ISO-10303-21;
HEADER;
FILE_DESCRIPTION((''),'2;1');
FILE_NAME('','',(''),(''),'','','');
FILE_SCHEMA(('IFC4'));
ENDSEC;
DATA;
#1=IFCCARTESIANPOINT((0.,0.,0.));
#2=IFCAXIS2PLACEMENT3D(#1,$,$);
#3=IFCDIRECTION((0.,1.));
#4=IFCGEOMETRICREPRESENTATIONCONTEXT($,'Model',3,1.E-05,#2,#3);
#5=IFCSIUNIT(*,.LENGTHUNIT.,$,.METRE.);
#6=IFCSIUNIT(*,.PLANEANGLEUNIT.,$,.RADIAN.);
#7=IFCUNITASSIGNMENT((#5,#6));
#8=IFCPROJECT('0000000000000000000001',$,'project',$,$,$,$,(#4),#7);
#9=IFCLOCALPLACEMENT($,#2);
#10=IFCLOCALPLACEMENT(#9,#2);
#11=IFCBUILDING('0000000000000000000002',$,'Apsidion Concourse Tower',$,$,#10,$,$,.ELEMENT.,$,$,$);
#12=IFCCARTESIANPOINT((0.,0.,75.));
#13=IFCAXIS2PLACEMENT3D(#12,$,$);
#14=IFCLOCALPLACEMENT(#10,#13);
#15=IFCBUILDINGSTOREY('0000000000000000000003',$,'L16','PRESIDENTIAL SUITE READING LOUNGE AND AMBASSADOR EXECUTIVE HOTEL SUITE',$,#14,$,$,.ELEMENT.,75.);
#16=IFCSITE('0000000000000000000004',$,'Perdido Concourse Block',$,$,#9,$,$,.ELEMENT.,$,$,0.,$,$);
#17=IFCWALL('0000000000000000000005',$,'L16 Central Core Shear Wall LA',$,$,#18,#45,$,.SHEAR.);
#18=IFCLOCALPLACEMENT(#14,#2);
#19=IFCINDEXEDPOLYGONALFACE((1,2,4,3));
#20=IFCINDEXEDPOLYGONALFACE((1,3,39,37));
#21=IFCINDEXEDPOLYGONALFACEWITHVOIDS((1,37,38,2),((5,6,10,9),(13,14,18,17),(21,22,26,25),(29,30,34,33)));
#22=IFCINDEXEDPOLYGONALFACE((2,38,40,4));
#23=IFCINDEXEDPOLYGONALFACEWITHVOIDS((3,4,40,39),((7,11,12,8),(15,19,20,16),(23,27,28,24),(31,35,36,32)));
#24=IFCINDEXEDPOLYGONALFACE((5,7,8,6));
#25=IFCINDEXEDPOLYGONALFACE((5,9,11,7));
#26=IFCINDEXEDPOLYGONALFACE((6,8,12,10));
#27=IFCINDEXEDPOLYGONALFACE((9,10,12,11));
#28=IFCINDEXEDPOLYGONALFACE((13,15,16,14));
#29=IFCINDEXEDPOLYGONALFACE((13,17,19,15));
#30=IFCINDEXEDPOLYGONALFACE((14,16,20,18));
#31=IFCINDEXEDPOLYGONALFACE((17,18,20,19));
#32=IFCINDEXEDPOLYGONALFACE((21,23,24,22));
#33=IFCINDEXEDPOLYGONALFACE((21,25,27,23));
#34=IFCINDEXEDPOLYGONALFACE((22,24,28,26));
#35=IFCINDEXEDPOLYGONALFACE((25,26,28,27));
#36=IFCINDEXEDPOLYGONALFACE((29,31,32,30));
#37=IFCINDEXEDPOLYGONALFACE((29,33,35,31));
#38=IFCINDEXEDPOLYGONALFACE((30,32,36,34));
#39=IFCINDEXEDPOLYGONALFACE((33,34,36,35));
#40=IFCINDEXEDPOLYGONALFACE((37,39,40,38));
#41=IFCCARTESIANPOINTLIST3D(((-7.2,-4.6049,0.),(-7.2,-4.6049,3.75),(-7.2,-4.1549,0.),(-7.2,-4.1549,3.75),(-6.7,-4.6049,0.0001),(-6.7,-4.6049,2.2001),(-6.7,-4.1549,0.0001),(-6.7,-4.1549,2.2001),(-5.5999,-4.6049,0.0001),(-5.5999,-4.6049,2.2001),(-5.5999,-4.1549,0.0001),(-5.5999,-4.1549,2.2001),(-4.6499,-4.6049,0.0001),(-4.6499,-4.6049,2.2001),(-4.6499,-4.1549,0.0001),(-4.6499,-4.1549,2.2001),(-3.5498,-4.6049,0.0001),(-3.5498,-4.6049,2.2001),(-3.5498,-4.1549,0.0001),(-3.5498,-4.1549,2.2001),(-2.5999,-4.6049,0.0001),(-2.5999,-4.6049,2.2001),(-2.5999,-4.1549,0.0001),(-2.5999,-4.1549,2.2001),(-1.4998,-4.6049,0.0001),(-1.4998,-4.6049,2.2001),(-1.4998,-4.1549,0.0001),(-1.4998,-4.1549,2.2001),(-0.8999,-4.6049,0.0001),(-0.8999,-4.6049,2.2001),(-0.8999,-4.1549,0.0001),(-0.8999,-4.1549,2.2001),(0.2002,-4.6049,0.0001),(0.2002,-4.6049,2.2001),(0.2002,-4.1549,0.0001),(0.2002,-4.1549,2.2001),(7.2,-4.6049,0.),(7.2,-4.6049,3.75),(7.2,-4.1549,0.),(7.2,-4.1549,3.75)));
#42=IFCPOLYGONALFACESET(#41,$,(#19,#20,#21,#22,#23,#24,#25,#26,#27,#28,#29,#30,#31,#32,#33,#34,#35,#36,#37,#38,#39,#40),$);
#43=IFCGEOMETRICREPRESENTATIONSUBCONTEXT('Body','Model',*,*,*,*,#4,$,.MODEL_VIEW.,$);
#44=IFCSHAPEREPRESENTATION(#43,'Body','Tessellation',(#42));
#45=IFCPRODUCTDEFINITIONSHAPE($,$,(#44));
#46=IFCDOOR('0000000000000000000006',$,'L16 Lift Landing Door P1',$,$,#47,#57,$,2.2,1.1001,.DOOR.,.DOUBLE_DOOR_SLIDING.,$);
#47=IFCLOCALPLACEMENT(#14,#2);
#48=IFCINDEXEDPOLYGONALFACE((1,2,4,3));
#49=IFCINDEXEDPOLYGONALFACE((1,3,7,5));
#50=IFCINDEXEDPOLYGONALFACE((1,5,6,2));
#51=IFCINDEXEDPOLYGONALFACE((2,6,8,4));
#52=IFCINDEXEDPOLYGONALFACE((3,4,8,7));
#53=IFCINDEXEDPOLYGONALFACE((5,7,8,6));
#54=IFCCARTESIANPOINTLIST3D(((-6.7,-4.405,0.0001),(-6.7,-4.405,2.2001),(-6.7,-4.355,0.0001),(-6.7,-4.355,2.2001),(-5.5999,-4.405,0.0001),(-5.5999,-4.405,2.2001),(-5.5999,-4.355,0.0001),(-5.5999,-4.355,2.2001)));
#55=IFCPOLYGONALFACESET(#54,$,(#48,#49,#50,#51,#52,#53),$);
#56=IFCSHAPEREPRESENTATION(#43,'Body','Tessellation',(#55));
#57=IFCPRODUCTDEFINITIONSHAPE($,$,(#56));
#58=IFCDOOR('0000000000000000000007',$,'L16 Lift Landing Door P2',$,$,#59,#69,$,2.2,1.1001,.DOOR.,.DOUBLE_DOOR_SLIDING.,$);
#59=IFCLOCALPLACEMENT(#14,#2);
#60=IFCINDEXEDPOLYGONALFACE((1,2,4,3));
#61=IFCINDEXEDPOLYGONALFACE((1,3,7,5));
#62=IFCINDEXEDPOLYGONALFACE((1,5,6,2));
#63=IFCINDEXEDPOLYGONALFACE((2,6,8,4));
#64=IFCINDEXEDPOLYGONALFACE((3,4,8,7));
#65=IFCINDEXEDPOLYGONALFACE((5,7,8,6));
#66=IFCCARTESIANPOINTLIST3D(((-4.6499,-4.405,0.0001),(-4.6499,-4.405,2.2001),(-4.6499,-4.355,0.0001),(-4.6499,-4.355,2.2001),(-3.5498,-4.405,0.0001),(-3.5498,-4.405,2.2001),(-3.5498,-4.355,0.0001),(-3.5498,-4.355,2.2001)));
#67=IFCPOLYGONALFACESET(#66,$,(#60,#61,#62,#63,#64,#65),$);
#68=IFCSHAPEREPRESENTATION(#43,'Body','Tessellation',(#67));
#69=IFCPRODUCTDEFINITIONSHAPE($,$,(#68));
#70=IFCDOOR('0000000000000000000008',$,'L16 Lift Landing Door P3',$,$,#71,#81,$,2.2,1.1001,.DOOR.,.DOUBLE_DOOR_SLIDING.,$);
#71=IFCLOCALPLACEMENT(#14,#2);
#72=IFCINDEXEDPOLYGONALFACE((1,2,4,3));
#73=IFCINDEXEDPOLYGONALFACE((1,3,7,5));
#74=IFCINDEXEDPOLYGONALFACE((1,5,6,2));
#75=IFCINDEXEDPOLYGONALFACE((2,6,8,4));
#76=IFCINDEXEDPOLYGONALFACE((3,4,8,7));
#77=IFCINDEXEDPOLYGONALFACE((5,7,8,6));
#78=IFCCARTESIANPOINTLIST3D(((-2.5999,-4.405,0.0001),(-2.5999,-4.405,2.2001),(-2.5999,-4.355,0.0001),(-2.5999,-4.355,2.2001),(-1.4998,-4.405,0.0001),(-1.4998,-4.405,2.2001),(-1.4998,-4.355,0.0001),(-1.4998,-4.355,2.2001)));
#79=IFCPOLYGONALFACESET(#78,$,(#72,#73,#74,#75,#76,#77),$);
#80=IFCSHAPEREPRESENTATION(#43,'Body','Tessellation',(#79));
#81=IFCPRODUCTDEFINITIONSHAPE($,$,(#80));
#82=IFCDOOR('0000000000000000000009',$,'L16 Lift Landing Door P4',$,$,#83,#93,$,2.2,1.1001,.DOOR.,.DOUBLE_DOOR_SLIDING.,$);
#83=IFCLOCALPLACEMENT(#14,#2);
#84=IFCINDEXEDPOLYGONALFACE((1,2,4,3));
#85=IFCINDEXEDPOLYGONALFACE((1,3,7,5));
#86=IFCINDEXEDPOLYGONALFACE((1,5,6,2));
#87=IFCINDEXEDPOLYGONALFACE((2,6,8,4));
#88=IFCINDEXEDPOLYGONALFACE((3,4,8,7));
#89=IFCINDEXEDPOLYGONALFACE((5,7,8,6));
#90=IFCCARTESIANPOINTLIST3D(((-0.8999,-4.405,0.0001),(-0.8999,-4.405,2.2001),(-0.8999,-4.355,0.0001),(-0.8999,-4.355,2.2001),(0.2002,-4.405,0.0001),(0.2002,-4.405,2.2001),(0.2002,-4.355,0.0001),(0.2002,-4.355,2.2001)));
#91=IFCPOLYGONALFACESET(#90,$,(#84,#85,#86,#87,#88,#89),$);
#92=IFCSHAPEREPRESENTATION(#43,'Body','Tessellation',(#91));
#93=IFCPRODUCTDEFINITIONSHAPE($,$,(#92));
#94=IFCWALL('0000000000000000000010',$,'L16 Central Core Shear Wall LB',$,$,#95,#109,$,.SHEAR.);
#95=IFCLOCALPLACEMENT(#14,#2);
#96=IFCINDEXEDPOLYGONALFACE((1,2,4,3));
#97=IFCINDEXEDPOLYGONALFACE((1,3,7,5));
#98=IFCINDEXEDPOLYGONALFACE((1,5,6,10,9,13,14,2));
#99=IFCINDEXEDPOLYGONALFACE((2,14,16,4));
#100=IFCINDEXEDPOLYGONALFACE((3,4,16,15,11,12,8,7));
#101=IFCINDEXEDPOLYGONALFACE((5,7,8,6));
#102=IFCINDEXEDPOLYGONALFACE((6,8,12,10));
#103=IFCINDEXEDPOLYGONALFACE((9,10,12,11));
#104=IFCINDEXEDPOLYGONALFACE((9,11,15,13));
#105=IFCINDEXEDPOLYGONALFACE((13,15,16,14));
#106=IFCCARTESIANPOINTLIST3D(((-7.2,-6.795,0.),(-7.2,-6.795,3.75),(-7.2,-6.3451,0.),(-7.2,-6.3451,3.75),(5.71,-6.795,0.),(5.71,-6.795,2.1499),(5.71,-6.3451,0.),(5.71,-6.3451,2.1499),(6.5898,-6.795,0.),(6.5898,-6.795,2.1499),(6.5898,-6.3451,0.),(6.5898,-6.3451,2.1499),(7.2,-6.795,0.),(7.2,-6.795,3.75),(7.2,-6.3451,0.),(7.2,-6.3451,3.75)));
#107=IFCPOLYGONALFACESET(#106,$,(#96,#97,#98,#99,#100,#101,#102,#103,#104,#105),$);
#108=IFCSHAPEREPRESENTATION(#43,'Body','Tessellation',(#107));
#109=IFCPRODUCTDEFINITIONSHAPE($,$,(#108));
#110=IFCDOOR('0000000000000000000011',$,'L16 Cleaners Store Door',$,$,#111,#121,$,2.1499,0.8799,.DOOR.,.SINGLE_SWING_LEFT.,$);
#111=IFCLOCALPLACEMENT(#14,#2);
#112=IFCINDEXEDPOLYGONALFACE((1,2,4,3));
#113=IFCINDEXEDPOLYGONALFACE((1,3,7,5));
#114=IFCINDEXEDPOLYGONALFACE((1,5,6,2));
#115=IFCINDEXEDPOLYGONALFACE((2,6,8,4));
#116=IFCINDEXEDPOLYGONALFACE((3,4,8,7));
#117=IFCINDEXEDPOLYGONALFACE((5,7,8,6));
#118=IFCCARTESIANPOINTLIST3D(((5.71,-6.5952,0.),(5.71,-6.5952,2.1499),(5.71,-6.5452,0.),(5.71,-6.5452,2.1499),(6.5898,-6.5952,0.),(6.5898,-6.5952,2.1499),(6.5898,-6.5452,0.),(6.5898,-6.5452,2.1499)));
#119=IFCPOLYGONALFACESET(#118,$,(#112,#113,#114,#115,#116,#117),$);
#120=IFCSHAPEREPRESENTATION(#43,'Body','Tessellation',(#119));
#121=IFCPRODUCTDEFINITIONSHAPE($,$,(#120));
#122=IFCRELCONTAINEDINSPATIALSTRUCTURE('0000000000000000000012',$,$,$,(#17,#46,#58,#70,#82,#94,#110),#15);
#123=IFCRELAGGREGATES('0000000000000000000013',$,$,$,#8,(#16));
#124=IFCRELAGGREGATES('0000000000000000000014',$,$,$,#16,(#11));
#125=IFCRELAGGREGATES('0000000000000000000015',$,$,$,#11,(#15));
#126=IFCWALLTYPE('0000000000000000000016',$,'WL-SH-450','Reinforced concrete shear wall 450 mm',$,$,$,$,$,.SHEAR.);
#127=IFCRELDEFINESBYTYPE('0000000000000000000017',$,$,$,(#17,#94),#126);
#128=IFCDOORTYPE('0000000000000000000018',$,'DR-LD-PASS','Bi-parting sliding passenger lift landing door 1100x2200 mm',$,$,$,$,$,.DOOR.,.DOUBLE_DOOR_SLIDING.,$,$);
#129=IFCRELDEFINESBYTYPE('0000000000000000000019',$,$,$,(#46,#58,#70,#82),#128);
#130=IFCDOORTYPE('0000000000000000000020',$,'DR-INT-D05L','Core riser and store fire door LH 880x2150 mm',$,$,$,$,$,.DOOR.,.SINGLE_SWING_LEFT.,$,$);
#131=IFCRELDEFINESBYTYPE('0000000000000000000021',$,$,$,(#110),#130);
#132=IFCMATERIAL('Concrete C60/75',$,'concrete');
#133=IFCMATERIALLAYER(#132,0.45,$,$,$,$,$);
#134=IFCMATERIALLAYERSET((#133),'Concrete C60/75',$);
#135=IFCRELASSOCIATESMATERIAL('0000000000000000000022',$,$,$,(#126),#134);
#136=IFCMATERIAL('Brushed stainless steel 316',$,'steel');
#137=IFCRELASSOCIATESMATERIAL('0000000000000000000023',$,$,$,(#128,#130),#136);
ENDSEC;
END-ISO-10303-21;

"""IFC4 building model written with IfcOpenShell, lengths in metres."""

from ifc_helpers import new_model, si_unit, direction, frame, frame_2d, origin, place, context, subcontext, project, spatial, rectangle, extrude, material, layer, layer_set, type_object, element, fill, save


model = new_model("IFC4")

# Units and contexts
model_context = context("Model", 3, precision=1e-05, world=origin(), true_north=direction((0.0, 1.0)))
body_context = subcontext(model_context, "Body", "Model", "MODEL_VIEW")
ifc_project = project(units=[si_unit("LENGTHUNIT", "METRE"), si_unit("PLANEANGLEUNIT", "RADIAN")], contexts=[model_context])

# Site, building, storey
site_placement = place(None, origin())
site = spatial("IfcSite", under=ifc_project, at=site_placement, Name="Perdido Concourse Block", CompositionType="ELEMENT", RefElevation=0.0)
building_placement = place(site_placement, origin())
building = spatial("IfcBuilding", under=site, at=building_placement, Name="Apsidion Concourse Tower", CompositionType="ELEMENT")
storey_placement = place(building_placement, frame((0.0, 0.0, 75.0)))
storey = spatial("IfcBuildingStorey", under=building, at=storey_placement, Name="L16", Description="PRESIDENTIAL SUITE READING LOUNGE AND AMBASSADOR EXECUTIVE HOTEL SUITE", CompositionType="ELEMENT", Elevation=75.0)

# Shared definitions
ifc_material_1 = material(Name="Brushed stainless steel 316", Category="steel")

# Shared definitions
ifc_material_2 = material(Name="Concrete C60/75", Category="concrete")
ifc_layer_1 = layer(ifc_material_2, 0.45)
ifc_layer_set_1 = layer_set([ifc_layer_1], Name="Concrete C60/75")
wall_type_1 = type_object("IfcWallType", Name="WL-SH-450", Description="Reinforced concrete shear wall 450 mm", PredefinedType="SHEAR", material=ifc_layer_set_1)

# Wall, openings, doors
wall_1_placement = place(storey_placement, frame((-7.2, -4.3799, 0.0), z_axis=(0.0, 0.0, 1.0), x_axis=(1.0, 0.0, 0.0)))
wall_1 = element("IfcWall", 1, at=wall_1_placement, inside=storey, type_object=wall_type_1, Name="L16 Central Core Shear Wall LA", PredefinedType="SHEAR", context=body_context, shape_type="SweptSolid", body=[
    extrude(rectangle(XDim=14.3999, YDim=0.45, at=frame_2d((7.2, 0.0))), origin(), (0.0, 0.0, 1.0), 3.75),
])
opening_1_placement = place(wall_1_placement, frame((0.5, 0.0, 0.0)))
opening_1 = element("IfcOpeningElement", 2, at=opening_1_placement, cuts=wall_1, PredefinedType="OPENING", context=body_context, shape_type="SweptSolid", body=[
    extrude(rectangle(XDim=1.1001, YDim=2.2, at=frame_2d((0.55, 1.1001))), frame((0.0, 0.2349, 0.0), z_axis=(0.0, -1.0, 0.0), x_axis=(1.0, 0.0, 0.0)), (0.0, 0.0, 1.0), 0.47),
])
opening_2_placement = place(wall_1_placement, frame((2.55, 0.0, 0.0)))
opening_2 = element("IfcOpeningElement", 3, at=opening_2_placement, cuts=wall_1, PredefinedType="OPENING", context=body_context, shape_type="SweptSolid", body=[
    extrude(rectangle(XDim=1.1001, YDim=2.2, at=frame_2d((0.55, 1.1001))), frame((0.0, 0.2349, 0.0), z_axis=(0.0, -1.0, 0.0), x_axis=(1.0, 0.0, 0.0)), (0.0, 0.0, 1.0), 0.47),
])
opening_3_placement = place(wall_1_placement, frame((4.6001, 0.0, 0.0)))
opening_3 = element("IfcOpeningElement", 4, at=opening_3_placement, cuts=wall_1, PredefinedType="OPENING", context=body_context, shape_type="SweptSolid", body=[
    extrude(rectangle(XDim=1.1001, YDim=2.2, at=frame_2d((0.55, 1.1001))), frame((0.0, 0.2349, 0.0), z_axis=(0.0, -1.0, 0.0), x_axis=(1.0, 0.0, 0.0)), (0.0, 0.0, 1.0), 0.47),
])
opening_4_placement = place(wall_1_placement, frame((6.3, 0.0, 0.0)))
opening_4 = element("IfcOpeningElement", 5, at=opening_4_placement, cuts=wall_1, PredefinedType="OPENING", context=body_context, shape_type="SweptSolid", body=[
    extrude(rectangle(XDim=1.1001, YDim=2.2, at=frame_2d((0.55, 1.1001))), frame((0.0, 0.2349, 0.0), z_axis=(0.0, -1.0, 0.0), x_axis=(1.0, 0.0, 0.0)), (0.0, 0.0, 1.0), 0.47),
])
door_type_1 = type_object("IfcDoorType", Name="DR-LD-PASS", Description="Bi-parting sliding passenger lift landing door 1100x2200 mm", OperationType="DOUBLE_DOOR_SLIDING", PredefinedType="DOOR", material=ifc_material_1)
door_1_placement = place(opening_1_placement, origin())
door_1 = element("IfcDoor", 6, at=door_1_placement, inside=storey, type_object=door_type_1, Name="L16 Lift Landing Door P1", OperationType="DOUBLE_DOOR_SLIDING", OverallHeight=2.2, OverallWidth=1.1001, PredefinedType="DOOR", context=body_context, shape_type="SweptSolid", body=[
    extrude(rectangle(XDim=1.1001, YDim=2.2, at=frame_2d((0.55, 1.1001))), frame((0.0, 0.0249, 0.0), z_axis=(0.0, -1.0, 0.0), x_axis=(1.0, 0.0, 0.0)), (0.0, 0.0, 1.0), 0.05),
])
fill(opening_1, door_1)
door_2_placement = place(opening_2_placement, origin())
door_2 = element("IfcDoor", 7, at=door_2_placement, inside=storey, type_object=door_type_1, Name="L16 Lift Landing Door P2", OperationType="DOUBLE_DOOR_SLIDING", OverallHeight=2.2, OverallWidth=1.1001, PredefinedType="DOOR", context=body_context, shape_type="SweptSolid", body=[
    extrude(rectangle(XDim=1.1001, YDim=2.2, at=frame_2d((0.55, 1.1001))), frame((0.0, 0.0249, 0.0), z_axis=(0.0, -1.0, 0.0), x_axis=(1.0, 0.0, 0.0)), (0.0, 0.0, 1.0), 0.05),
])
fill(opening_2, door_2)
door_3_placement = place(opening_3_placement, origin())
door_3 = element("IfcDoor", 8, at=door_3_placement, inside=storey, type_object=door_type_1, Name="L16 Lift Landing Door P3", OperationType="DOUBLE_DOOR_SLIDING", OverallHeight=2.2, OverallWidth=1.1001, PredefinedType="DOOR", context=body_context, shape_type="SweptSolid", body=[
    extrude(rectangle(XDim=1.1001, YDim=2.2, at=frame_2d((0.55, 1.1001))), frame((0.0, 0.0249, 0.0), z_axis=(0.0, -1.0, 0.0), x_axis=(1.0, 0.0, 0.0)), (0.0, 0.0, 1.0), 0.05),
])
fill(opening_3, door_3)
door_4_placement = place(opening_4_placement, origin())
door_4 = element("IfcDoor", 9, at=door_4_placement, inside=storey, type_object=door_type_1, Name="L16 Lift Landing Door P4", OperationType="DOUBLE_DOOR_SLIDING", OverallHeight=2.2, OverallWidth=1.1001, PredefinedType="DOOR", context=body_context, shape_type="SweptSolid", body=[
    extrude(rectangle(XDim=1.1001, YDim=2.2, at=frame_2d((0.55, 1.1001))), frame((0.0, 0.0249, 0.0), z_axis=(0.0, -1.0, 0.0), x_axis=(1.0, 0.0, 0.0)), (0.0, 0.0, 1.0), 0.05),
])
fill(opening_4, door_4)

# Wall, opening, door
wall_2_placement = place(storey_placement, frame((-7.2, -6.5701, 0.0), z_axis=(0.0, 0.0, 1.0), x_axis=(1.0, 0.0, 0.0)))
wall_2 = element("IfcWall", 10, at=wall_2_placement, inside=storey, type_object=wall_type_1, Name="L16 Central Core Shear Wall LB", PredefinedType="SHEAR", context=body_context, shape_type="SweptSolid", body=[
    extrude(rectangle(XDim=14.3999, YDim=0.45, at=frame_2d((7.2, 0.0))), origin(), (0.0, 0.0, 1.0), 3.75),
])
opening_5_placement = place(wall_2_placement, frame((12.9099, 0.0, 0.0)))
opening_5 = element("IfcOpeningElement", 11, at=opening_5_placement, cuts=wall_2, PredefinedType="OPENING", context=body_context, shape_type="SweptSolid", body=[
    extrude(rectangle(XDim=0.8799, YDim=2.1499, at=frame_2d((0.4399, 1.075))), frame((0.0, 0.2349, 0.0), z_axis=(0.0, -1.0, 0.0), x_axis=(1.0, 0.0, 0.0)), (0.0, 0.0, 1.0), 0.47),
])
door_type_2 = type_object("IfcDoorType", Name="DR-INT-D05L", Description="Core riser and store fire door LH 880x2150 mm", OperationType="SINGLE_SWING_LEFT", PredefinedType="DOOR", material=ifc_material_1)
door_5_placement = place(opening_5_placement, origin())
door_5 = element("IfcDoor", 12, at=door_5_placement, inside=storey, type_object=door_type_2, Name="L16 Cleaners Store Door", OperationType="SINGLE_SWING_LEFT", OverallHeight=2.1499, OverallWidth=0.8799, PredefinedType="DOOR", context=body_context, shape_type="SweptSolid", body=[
    extrude(rectangle(XDim=0.8799, YDim=2.1499, at=frame_2d((0.4399, 1.075))), frame((0.0, 0.0249, 0.0), z_axis=(0.0, -1.0, 0.0), x_axis=(1.0, 0.0, 0.0)), (0.0, 0.0, 1.0), 0.05),
])
fill(opening_5, door_5)

save(model, "model.ifc")
